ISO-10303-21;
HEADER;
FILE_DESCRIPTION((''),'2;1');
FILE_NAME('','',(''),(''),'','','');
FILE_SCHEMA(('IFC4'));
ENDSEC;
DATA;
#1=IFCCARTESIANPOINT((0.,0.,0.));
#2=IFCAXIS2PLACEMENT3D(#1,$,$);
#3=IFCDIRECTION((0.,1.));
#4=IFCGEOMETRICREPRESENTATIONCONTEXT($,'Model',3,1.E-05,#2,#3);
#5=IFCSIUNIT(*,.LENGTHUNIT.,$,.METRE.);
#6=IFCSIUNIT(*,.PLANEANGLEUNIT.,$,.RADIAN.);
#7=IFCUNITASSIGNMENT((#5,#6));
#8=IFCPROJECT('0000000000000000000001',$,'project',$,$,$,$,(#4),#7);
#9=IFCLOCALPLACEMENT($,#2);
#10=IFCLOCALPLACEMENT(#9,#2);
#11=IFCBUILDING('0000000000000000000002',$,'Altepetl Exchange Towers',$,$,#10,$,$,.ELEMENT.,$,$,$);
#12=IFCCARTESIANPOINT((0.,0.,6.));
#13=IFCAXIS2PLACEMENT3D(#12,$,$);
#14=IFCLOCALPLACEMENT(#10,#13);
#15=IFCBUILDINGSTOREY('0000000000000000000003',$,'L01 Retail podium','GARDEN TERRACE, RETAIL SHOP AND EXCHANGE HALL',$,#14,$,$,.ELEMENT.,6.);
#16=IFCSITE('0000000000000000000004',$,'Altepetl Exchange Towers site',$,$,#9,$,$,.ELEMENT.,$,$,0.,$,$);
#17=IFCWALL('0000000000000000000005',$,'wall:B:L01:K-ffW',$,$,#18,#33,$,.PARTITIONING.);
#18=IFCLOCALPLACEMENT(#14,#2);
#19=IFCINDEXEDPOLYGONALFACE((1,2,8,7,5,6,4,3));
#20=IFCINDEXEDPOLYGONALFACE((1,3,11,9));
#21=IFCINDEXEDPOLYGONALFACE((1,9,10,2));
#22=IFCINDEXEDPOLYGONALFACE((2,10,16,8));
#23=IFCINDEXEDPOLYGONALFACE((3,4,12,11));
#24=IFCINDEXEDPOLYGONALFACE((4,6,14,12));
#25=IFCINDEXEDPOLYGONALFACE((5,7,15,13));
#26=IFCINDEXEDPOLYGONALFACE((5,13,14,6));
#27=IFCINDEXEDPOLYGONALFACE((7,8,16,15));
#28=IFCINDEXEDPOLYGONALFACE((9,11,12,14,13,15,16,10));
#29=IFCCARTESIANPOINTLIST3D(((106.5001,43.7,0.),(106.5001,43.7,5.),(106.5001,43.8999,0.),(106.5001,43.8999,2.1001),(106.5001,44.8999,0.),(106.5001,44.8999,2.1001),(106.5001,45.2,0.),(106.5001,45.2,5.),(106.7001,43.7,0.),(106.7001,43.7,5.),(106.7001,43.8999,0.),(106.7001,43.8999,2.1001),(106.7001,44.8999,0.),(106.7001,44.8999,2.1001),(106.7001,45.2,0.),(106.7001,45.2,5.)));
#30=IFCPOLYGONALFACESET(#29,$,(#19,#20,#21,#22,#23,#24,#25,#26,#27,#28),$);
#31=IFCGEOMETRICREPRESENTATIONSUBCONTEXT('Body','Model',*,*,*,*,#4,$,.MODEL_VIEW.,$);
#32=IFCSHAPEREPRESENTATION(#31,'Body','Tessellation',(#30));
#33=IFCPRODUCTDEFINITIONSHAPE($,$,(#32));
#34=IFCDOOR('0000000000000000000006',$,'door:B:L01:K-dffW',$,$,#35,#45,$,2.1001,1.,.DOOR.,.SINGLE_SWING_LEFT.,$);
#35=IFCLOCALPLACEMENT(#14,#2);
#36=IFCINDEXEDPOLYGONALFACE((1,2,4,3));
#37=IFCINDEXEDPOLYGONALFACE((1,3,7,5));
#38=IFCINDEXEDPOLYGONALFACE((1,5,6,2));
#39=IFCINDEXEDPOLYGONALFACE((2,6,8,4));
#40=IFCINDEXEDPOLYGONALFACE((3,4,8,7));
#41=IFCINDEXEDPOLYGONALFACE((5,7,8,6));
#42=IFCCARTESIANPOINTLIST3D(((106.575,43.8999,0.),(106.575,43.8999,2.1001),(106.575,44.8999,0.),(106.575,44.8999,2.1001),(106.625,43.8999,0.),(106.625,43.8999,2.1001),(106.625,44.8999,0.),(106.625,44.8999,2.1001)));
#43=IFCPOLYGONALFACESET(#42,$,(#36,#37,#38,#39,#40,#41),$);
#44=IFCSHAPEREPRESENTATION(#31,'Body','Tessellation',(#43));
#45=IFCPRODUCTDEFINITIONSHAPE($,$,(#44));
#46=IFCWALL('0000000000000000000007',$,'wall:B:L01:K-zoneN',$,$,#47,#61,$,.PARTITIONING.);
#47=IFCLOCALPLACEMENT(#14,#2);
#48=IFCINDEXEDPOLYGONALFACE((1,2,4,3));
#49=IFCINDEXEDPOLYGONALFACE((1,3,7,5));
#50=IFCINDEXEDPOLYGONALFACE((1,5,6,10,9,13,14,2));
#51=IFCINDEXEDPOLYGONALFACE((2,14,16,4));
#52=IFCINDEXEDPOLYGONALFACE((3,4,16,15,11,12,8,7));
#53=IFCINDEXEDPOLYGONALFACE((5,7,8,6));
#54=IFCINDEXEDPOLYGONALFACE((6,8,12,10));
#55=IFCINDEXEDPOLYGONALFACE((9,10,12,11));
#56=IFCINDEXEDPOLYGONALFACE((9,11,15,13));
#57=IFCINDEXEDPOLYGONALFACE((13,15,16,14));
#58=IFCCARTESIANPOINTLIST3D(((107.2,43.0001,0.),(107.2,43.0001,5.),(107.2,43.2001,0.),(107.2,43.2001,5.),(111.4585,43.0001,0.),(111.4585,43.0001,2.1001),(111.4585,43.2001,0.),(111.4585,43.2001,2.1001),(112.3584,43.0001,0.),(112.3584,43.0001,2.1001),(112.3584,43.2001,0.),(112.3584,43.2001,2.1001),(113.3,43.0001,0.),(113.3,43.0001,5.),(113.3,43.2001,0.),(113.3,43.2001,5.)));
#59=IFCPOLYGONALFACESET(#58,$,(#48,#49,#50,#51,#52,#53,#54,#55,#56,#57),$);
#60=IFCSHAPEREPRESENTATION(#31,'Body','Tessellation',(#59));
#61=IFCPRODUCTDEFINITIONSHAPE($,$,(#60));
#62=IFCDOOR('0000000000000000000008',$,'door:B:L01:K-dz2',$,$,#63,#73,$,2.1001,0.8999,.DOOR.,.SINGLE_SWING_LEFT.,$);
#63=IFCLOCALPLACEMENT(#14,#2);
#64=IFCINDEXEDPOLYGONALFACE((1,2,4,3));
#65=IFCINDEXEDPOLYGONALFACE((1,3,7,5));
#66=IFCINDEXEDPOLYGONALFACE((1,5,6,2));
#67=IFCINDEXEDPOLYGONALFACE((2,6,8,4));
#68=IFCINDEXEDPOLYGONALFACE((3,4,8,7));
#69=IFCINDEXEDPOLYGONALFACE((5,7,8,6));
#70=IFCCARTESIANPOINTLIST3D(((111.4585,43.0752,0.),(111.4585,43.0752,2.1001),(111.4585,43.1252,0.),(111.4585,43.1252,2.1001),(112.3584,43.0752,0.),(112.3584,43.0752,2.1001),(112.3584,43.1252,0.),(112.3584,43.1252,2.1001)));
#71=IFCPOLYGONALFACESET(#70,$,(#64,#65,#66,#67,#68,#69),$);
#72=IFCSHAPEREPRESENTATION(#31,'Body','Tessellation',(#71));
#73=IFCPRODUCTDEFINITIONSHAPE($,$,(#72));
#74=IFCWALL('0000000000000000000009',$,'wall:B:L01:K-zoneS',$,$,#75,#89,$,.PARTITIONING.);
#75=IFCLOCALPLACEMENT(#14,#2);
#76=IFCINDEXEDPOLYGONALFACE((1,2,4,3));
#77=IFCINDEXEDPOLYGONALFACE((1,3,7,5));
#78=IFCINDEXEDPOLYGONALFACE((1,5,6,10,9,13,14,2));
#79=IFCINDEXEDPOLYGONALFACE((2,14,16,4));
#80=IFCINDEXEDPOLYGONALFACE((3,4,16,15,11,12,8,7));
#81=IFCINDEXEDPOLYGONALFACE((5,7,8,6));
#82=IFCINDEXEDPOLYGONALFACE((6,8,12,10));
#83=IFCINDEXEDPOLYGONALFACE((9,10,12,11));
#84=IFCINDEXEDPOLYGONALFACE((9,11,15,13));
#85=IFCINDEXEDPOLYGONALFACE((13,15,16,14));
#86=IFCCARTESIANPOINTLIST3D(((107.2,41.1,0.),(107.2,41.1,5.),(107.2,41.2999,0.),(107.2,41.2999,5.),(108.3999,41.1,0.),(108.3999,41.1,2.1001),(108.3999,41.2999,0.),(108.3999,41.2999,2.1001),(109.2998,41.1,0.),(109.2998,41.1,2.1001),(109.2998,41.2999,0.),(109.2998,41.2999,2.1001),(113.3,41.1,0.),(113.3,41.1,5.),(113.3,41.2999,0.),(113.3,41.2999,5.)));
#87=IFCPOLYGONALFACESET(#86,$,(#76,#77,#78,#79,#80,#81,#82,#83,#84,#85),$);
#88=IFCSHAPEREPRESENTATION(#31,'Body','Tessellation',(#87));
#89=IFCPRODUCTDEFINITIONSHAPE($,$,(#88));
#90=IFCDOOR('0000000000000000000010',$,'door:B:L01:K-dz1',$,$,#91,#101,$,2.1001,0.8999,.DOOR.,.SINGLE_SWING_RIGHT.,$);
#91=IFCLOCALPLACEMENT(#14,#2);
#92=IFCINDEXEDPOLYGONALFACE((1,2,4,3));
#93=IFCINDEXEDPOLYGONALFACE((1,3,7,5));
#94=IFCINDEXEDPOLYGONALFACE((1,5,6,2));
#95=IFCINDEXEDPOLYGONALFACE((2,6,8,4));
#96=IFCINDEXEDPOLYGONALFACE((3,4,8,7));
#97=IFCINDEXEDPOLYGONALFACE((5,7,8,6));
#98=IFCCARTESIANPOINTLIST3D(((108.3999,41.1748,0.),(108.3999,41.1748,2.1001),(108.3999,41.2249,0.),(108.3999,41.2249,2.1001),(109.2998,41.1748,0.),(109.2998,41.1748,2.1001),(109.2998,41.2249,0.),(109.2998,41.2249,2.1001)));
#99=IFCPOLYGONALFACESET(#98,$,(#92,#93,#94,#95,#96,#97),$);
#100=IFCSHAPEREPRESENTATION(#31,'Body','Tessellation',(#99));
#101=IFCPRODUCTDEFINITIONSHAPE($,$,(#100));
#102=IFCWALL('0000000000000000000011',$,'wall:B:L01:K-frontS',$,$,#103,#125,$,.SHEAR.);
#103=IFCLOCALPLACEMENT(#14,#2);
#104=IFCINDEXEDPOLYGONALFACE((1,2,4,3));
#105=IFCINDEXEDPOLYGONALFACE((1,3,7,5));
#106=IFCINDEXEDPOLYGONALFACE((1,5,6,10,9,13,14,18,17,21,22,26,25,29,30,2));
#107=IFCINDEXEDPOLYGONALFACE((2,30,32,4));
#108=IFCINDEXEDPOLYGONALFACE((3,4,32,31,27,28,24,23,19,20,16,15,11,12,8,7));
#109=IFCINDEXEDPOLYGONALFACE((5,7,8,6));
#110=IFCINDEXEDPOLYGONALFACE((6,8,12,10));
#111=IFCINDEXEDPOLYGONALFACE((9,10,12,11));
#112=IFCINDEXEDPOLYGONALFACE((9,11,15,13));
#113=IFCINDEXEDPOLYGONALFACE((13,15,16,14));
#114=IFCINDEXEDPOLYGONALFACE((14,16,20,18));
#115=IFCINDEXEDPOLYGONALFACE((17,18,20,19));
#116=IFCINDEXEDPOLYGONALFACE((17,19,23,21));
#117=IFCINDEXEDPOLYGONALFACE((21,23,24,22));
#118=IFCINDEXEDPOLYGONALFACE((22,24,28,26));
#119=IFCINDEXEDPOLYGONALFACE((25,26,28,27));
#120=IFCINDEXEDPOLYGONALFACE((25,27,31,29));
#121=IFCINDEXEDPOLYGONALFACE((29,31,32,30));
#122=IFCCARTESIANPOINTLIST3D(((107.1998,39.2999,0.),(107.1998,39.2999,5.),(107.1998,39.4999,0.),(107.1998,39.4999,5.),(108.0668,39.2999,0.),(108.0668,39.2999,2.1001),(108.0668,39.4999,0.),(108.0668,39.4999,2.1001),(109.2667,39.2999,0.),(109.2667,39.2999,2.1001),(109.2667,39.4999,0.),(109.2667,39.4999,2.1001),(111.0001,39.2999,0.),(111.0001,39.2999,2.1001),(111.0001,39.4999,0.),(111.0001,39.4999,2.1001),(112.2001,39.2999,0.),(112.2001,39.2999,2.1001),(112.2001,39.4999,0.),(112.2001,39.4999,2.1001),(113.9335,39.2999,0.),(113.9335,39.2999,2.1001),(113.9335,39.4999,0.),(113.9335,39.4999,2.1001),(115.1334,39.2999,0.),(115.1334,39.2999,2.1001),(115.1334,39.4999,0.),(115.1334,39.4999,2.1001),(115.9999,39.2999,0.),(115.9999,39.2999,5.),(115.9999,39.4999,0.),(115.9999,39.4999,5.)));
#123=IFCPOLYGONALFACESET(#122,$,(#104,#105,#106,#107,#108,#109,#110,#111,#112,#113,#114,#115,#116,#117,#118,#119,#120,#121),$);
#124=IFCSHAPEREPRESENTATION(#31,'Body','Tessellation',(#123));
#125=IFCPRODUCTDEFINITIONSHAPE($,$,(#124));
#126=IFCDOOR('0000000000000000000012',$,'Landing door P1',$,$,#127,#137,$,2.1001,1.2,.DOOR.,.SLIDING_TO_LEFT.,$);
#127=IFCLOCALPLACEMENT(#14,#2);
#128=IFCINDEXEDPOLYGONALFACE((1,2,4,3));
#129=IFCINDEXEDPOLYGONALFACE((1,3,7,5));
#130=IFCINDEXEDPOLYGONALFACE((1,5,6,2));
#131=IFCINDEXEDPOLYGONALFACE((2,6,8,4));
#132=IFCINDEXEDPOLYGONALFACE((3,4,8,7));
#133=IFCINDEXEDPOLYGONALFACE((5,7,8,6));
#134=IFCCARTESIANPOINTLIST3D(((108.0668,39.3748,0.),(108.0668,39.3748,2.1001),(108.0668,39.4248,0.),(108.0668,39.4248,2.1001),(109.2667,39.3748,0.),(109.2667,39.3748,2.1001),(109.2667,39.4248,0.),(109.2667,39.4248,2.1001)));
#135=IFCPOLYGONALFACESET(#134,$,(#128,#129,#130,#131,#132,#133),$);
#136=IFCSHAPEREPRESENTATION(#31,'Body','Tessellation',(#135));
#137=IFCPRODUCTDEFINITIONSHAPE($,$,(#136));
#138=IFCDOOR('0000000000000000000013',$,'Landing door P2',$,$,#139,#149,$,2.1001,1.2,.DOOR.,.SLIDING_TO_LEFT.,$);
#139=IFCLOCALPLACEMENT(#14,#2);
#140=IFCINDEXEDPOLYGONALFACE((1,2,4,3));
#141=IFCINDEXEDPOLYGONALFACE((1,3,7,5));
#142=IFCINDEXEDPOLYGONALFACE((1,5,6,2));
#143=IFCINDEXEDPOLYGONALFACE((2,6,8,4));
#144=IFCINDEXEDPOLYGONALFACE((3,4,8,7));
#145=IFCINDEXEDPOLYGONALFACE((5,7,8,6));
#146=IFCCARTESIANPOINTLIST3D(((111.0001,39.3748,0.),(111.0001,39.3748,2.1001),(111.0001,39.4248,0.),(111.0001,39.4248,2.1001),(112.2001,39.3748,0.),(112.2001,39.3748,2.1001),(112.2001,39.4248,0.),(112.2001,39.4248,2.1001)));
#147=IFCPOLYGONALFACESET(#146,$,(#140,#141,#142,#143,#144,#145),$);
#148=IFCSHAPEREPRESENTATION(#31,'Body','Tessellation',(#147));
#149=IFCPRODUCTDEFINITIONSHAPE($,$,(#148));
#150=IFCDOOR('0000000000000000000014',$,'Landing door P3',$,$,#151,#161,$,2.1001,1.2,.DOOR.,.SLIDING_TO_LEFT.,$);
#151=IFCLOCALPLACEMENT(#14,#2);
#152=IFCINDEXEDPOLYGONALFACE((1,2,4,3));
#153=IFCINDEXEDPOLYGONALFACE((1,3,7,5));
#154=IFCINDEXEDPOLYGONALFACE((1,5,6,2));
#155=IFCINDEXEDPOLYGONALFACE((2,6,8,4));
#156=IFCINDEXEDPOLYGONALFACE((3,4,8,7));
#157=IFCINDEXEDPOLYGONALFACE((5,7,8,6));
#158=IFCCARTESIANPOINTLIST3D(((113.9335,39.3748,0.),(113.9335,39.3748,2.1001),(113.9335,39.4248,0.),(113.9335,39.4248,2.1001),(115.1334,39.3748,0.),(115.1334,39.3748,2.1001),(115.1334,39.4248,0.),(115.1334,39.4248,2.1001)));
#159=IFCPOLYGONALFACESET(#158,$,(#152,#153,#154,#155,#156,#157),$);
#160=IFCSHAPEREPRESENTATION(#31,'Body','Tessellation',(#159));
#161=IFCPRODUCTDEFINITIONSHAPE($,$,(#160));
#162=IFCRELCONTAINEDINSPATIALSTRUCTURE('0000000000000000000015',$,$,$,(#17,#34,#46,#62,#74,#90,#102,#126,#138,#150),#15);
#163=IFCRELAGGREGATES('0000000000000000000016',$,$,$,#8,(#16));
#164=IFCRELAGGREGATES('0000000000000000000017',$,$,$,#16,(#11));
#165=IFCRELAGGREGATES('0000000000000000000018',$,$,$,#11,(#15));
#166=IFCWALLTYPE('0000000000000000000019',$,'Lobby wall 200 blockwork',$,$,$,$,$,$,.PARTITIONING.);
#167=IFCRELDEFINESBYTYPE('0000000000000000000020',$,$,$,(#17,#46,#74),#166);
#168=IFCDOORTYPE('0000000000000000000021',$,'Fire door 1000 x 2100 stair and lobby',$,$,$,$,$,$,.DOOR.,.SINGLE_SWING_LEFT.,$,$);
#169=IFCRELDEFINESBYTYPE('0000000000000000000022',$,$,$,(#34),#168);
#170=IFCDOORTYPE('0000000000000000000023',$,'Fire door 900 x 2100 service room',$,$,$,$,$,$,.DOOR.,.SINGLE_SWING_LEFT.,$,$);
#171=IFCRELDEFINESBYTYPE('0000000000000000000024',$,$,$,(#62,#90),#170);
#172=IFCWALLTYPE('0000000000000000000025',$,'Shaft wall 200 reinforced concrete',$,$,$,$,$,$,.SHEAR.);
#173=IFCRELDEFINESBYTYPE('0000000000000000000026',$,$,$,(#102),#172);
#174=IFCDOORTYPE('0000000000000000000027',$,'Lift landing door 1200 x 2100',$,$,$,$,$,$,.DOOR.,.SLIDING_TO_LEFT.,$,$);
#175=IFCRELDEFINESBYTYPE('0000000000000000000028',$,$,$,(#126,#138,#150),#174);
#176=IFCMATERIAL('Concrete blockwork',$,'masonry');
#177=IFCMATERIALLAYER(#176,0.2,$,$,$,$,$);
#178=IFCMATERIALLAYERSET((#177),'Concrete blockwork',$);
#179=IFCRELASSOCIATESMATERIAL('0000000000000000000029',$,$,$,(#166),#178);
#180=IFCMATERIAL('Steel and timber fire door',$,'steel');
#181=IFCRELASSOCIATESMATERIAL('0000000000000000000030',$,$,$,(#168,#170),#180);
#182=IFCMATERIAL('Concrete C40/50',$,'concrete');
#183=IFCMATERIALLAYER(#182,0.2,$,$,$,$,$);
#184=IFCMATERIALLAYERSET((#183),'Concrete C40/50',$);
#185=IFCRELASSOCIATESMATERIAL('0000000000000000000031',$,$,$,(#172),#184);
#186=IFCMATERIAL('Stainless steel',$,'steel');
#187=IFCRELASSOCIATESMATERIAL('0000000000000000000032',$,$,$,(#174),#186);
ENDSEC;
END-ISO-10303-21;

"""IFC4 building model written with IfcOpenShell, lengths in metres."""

from ifc_helpers import new_model, si_unit, direction, frame, frame_2d, origin, place, context, subcontext, project, spatial, rectangle, extrude, material, layer, layer_set, type_object, element, fill, save


model = new_model("IFC4")

# Units and contexts
model_context = context("Model", 3, precision=1e-05, world=origin(), true_north=direction((0.0, 1.0)))
body_context = subcontext(model_context, "Body", "Model", "MODEL_VIEW")
ifc_project = project(units=[si_unit("LENGTHUNIT", "METRE"), si_unit("PLANEANGLEUNIT", "RADIAN")], contexts=[model_context])

# Site, building, storey
site_placement = place(None, origin())
site = spatial("IfcSite", under=ifc_project, at=site_placement, Name="Altepetl Exchange Towers site", CompositionType="ELEMENT", RefElevation=0.0)
building_placement = place(site_placement, origin())
building = spatial("IfcBuilding", under=site, at=building_placement, Name="Altepetl Exchange Towers", CompositionType="ELEMENT")
storey_placement = place(building_placement, frame((0.0, 0.0, 6.0)))
storey = spatial("IfcBuildingStorey", under=building, at=storey_placement, Name="L01 Retail podium", Description="GARDEN TERRACE, RETAIL SHOP AND EXCHANGE HALL", CompositionType="ELEMENT", Elevation=6.0)

# Walls, openings, doors
ifc_material_1 = material(Name="Concrete blockwork", Category="masonry")
ifc_layer_1 = layer(ifc_material_1, 0.2)
ifc_layer_set_1 = layer_set([ifc_layer_1], Name="Concrete blockwork")
wall_type_1 = type_object("IfcWallType", Name="Lobby wall 200 blockwork", PredefinedType="PARTITIONING", material=ifc_layer_set_1)
wall_1_placement = place(storey_placement, frame((106.6001, 43.7, 0.0), z_axis=(0.0, 0.0, 1.0), x_axis=(0.0, 1.0, 0.0)))
wall_1 = element("IfcWall", 1, at=wall_1_placement, inside=storey, type_object=wall_type_1, Name="wall:B:L01:K-ffW", PredefinedType="PARTITIONING", context=body_context, shape_type="SweptSolid", body=[
    extrude(rectangle(XDim=1.5, YDim=0.2, at=frame_2d((0.75, 0.0))), origin(), (0.0, 0.0, 1.0), 5.0),
])
opening_1_placement = place(wall_1_placement, frame((0.2, 0.0, 0.0)))
opening_1 = element("IfcOpeningElement", 2, at=opening_1_placement, cuts=wall_1, PredefinedType="OPENING", context=body_context, shape_type="SweptSolid", body=[
    extrude(rectangle(XDim=1.0, YDim=2.1001, at=frame_2d((0.5, 1.05))), frame((0.0, 0.1099, 0.0), z_axis=(0.0, -1.0, 0.0), x_axis=(1.0, 0.0, 0.0)), (0.0, 0.0, 1.0), 0.22),
])
ifc_material_2 = material(Name="Steel and timber fire door", Category="steel")
door_type_1 = type_object("IfcDoorType", Name="Fire door 1000 x 2100 stair and lobby", OperationType="SINGLE_SWING_LEFT", PredefinedType="DOOR", material=ifc_material_2)
door_1_placement = place(opening_1_placement, frame((1.0, 0.0, 0.0), x_axis=(-1.0, 0.0, 0.0)))
door_1 = element("IfcDoor", 3, at=door_1_placement, inside=storey, type_object=door_type_1, Name="door:B:L01:K-dffW", OperationType="SINGLE_SWING_LEFT", OverallHeight=2.1001, OverallWidth=1.0, PredefinedType="DOOR", context=body_context, shape_type="SweptSolid", body=[
    extrude(rectangle(XDim=1.0, YDim=2.1001, at=frame_2d((0.5, 1.05))), frame((0.0, 0.0249, 0.0), z_axis=(0.0, -1.0, 0.0), x_axis=(1.0, 0.0, 0.0)), (0.0, 0.0, 1.0), 0.05),
])
fill(opening_1, door_1)
wall_2_placement = place(storey_placement, frame((107.2, 43.1001, 0.0)))
wall_2 = element("IfcWall", 4, at=wall_2_placement, inside=storey, type_object=wall_type_1, Name="wall:B:L01:K-zoneN", PredefinedType="PARTITIONING", context=body_context, shape_type="SweptSolid", body=[
    extrude(rectangle(XDim=6.1001, YDim=0.2, at=frame_2d((3.05, 0.0))), origin(), (0.0, 0.0, 1.0), 5.0),
])
opening_2_placement = place(wall_2_placement, frame((4.2585, 0.0, 0.0)))
opening_2 = element("IfcOpeningElement", 5, at=opening_2_placement, cuts=wall_2, PredefinedType="OPENING", context=body_context, shape_type="SweptSolid", body=[
    extrude(rectangle(XDim=0.8999, YDim=2.1001, at=frame_2d((0.45, 1.05))), frame((0.0, 0.1099, 0.0), z_axis=(0.0, -1.0, 0.0), x_axis=(1.0, 0.0, 0.0)), (0.0, 0.0, 1.0), 0.22),
])
door_type_2 = type_object("IfcDoorType", Name="Fire door 900 x 2100 service room", OperationType="SINGLE_SWING_LEFT", PredefinedType="DOOR", material=ifc_material_2)
door_2_placement = place(opening_2_placement, frame((0.8999, 0.0, 0.0), x_axis=(-1.0, 0.0, 0.0)))
door_2 = element("IfcDoor", 6, at=door_2_placement, inside=storey, type_object=door_type_2, Name="door:B:L01:K-dz2", OperationType="SINGLE_SWING_LEFT", OverallHeight=2.1001, OverallWidth=0.8999, PredefinedType="DOOR", context=body_context, shape_type="SweptSolid", body=[
    extrude(rectangle(XDim=0.8999, YDim=2.1001, at=frame_2d((0.45, 1.05))), frame((0.0, 0.0249, 0.0), z_axis=(0.0, -1.0, 0.0), x_axis=(1.0, 0.0, 0.0)), (0.0, 0.0, 1.0), 0.05),
])
fill(opening_2, door_2)
wall_3_placement = place(storey_placement, frame((107.2, 41.2, 0.0)))
wall_3 = element("IfcWall", 7, at=wall_3_placement, inside=storey, type_object=wall_type_1, Name="wall:B:L01:K-zoneS", PredefinedType="PARTITIONING", context=body_context, shape_type="SweptSolid", body=[
    extrude(rectangle(XDim=6.1001, YDim=0.2, at=frame_2d((3.05, 0.0))), origin(), (0.0, 0.0, 1.0), 5.0),
])
opening_3_placement = place(wall_3_placement, frame((1.2, 0.0, 0.0)))
opening_3 = element("IfcOpeningElement", 8, at=opening_3_placement, cuts=wall_3, PredefinedType="OPENING", context=body_context, shape_type="SweptSolid", body=[
    extrude(rectangle(XDim=0.8999, YDim=2.1001, at=frame_2d((0.45, 1.05))), frame((0.0, 0.1099, 0.0), z_axis=(0.0, -1.0, 0.0), x_axis=(1.0, 0.0, 0.0)), (0.0, 0.0, 1.0), 0.22),
])
door_3_placement = place(opening_3_placement, origin())
door_3 = element("IfcDoor", 9, at=door_3_placement, inside=storey, type_object=door_type_2, Name="door:B:L01:K-dz1", OperationType="SINGLE_SWING_RIGHT", OverallHeight=2.1001, OverallWidth=0.8999, PredefinedType="DOOR", context=body_context, shape_type="SweptSolid", body=[
    extrude(rectangle(XDim=0.8999, YDim=2.1001, at=frame_2d((0.45, 1.05))), frame((0.0, 0.0249, 0.0), z_axis=(0.0, -1.0, 0.0), x_axis=(1.0, 0.0, 0.0)), (0.0, 0.0, 1.0), 0.05),
])
fill(opening_3, door_3)

# Wall, openings, doors
ifc_material_3 = material(Name="Concrete C40/50", Category="concrete")
ifc_layer_2 = layer(ifc_material_3, 0.2)
ifc_layer_set_2 = layer_set([ifc_layer_2], Name="Concrete C40/50")
wall_type_2 = type_object("IfcWallType", Name="Shaft wall 200 reinforced concrete", PredefinedType="SHEAR", material=ifc_layer_set_2)
wall_4_placement = place(storey_placement, frame((107.2, 39.3999, 0.0)))
wall_4 = element("IfcWall", 10, at=wall_4_placement, inside=storey, type_object=wall_type_2, Name="wall:B:L01:K-frontS", PredefinedType="SHEAR", context=body_context, shape_type="SweptSolid", body=[
    extrude(rectangle(XDim=8.8, YDim=0.2, at=frame_2d((4.3999, 0.0))), origin(), (0.0, 0.0, 1.0), 5.0),
])
opening_4_placement = place(wall_4_placement, frame((0.8667, 0.0, 0.0)))
opening_4 = element("IfcOpeningElement", 11, at=opening_4_placement, cuts=wall_4, PredefinedType="OPENING", context=body_context, shape_type="SweptSolid", body=[
    extrude(rectangle(XDim=1.2, YDim=2.1001, at=frame_2d((0.6001, 1.05))), frame((0.0, 0.1099, 0.0), z_axis=(0.0, -1.0, 0.0), x_axis=(1.0, 0.0, 0.0)), (0.0, 0.0, 1.0), 0.22),
])
opening_5_placement = place(wall_4_placement, frame((3.8, 0.0, 0.0)))
opening_5 = element("IfcOpeningElement", 12, at=opening_5_placement, cuts=wall_4, PredefinedType="OPENING", context=body_context, shape_type="SweptSolid", body=[
    extrude(rectangle(XDim=1.2, YDim=2.1001, at=frame_2d((0.6001, 1.05))), frame((0.0, 0.1099, 0.0), z_axis=(0.0, -1.0, 0.0), x_axis=(1.0, 0.0, 0.0)), (0.0, 0.0, 1.0), 0.22),
])
opening_6_placement = place(wall_4_placement, frame((6.7334, 0.0, 0.0)))
opening_6 = element("IfcOpeningElement", 13, at=opening_6_placement, cuts=wall_4, PredefinedType="OPENING", context=body_context, shape_type="SweptSolid", body=[
    extrude(rectangle(XDim=1.2, YDim=2.1001, at=frame_2d((0.6001, 1.05))), frame((0.0, 0.1099, 0.0), z_axis=(0.0, -1.0, 0.0), x_axis=(1.0, 0.0, 0.0)), (0.0, 0.0, 1.0), 0.22),
])
ifc_material_4 = material(Name="Stainless steel", Category="steel")
door_type_3 = type_object("IfcDoorType", Name="Lift landing door 1200 x 2100", OperationType="SLIDING_TO_LEFT", PredefinedType="DOOR", material=ifc_material_4)
door_4_placement = place(opening_4_placement, origin())
door_4 = element("IfcDoor", 14, at=door_4_placement, inside=storey, type_object=door_type_3, Name="Landing door P1", OperationType="SLIDING_TO_LEFT", OverallHeight=2.1001, OverallWidth=1.2, PredefinedType="DOOR", context=body_context, shape_type="SweptSolid", body=[
    extrude(rectangle(XDim=1.2, YDim=2.1001, at=frame_2d((0.6001, 1.05))), frame((0.0, 0.0249, 0.0), z_axis=(0.0, -1.0, 0.0), x_axis=(1.0, 0.0, 0.0)), (0.0, 0.0, 1.0), 0.05),
])
fill(opening_4, door_4)
door_5_placement = place(opening_5_placement, origin())
door_5 = element("IfcDoor", 15, at=door_5_placement, inside=storey, type_object=door_type_3, Name="Landing door P2", OperationType="SLIDING_TO_LEFT", OverallHeight=2.1001, OverallWidth=1.2, PredefinedType="DOOR", context=body_context, shape_type="SweptSolid", body=[
    extrude(rectangle(XDim=1.2, YDim=2.1001, at=frame_2d((0.6001, 1.05))), frame((0.0, 0.0249, 0.0), z_axis=(0.0, -1.0, 0.0), x_axis=(1.0, 0.0, 0.0)), (0.0, 0.0, 1.0), 0.05),
])
fill(opening_5, door_5)
door_6_placement = place(opening_6_placement, origin())
door_6 = element("IfcDoor", 16, at=door_6_placement, inside=storey, type_object=door_type_3, Name="Landing door P3", OperationType="SLIDING_TO_LEFT", OverallHeight=2.1001, OverallWidth=1.2, PredefinedType="DOOR", context=body_context, shape_type="SweptSolid", body=[
    extrude(rectangle(XDim=1.2, YDim=2.1001, at=frame_2d((0.6001, 1.05))), frame((0.0, 0.0249, 0.0), z_axis=(0.0, -1.0, 0.0), x_axis=(1.0, 0.0, 0.0)), (0.0, 0.0, 1.0), 0.05),
])
fill(opening_6, door_6)

save(model, "model.ifc")
